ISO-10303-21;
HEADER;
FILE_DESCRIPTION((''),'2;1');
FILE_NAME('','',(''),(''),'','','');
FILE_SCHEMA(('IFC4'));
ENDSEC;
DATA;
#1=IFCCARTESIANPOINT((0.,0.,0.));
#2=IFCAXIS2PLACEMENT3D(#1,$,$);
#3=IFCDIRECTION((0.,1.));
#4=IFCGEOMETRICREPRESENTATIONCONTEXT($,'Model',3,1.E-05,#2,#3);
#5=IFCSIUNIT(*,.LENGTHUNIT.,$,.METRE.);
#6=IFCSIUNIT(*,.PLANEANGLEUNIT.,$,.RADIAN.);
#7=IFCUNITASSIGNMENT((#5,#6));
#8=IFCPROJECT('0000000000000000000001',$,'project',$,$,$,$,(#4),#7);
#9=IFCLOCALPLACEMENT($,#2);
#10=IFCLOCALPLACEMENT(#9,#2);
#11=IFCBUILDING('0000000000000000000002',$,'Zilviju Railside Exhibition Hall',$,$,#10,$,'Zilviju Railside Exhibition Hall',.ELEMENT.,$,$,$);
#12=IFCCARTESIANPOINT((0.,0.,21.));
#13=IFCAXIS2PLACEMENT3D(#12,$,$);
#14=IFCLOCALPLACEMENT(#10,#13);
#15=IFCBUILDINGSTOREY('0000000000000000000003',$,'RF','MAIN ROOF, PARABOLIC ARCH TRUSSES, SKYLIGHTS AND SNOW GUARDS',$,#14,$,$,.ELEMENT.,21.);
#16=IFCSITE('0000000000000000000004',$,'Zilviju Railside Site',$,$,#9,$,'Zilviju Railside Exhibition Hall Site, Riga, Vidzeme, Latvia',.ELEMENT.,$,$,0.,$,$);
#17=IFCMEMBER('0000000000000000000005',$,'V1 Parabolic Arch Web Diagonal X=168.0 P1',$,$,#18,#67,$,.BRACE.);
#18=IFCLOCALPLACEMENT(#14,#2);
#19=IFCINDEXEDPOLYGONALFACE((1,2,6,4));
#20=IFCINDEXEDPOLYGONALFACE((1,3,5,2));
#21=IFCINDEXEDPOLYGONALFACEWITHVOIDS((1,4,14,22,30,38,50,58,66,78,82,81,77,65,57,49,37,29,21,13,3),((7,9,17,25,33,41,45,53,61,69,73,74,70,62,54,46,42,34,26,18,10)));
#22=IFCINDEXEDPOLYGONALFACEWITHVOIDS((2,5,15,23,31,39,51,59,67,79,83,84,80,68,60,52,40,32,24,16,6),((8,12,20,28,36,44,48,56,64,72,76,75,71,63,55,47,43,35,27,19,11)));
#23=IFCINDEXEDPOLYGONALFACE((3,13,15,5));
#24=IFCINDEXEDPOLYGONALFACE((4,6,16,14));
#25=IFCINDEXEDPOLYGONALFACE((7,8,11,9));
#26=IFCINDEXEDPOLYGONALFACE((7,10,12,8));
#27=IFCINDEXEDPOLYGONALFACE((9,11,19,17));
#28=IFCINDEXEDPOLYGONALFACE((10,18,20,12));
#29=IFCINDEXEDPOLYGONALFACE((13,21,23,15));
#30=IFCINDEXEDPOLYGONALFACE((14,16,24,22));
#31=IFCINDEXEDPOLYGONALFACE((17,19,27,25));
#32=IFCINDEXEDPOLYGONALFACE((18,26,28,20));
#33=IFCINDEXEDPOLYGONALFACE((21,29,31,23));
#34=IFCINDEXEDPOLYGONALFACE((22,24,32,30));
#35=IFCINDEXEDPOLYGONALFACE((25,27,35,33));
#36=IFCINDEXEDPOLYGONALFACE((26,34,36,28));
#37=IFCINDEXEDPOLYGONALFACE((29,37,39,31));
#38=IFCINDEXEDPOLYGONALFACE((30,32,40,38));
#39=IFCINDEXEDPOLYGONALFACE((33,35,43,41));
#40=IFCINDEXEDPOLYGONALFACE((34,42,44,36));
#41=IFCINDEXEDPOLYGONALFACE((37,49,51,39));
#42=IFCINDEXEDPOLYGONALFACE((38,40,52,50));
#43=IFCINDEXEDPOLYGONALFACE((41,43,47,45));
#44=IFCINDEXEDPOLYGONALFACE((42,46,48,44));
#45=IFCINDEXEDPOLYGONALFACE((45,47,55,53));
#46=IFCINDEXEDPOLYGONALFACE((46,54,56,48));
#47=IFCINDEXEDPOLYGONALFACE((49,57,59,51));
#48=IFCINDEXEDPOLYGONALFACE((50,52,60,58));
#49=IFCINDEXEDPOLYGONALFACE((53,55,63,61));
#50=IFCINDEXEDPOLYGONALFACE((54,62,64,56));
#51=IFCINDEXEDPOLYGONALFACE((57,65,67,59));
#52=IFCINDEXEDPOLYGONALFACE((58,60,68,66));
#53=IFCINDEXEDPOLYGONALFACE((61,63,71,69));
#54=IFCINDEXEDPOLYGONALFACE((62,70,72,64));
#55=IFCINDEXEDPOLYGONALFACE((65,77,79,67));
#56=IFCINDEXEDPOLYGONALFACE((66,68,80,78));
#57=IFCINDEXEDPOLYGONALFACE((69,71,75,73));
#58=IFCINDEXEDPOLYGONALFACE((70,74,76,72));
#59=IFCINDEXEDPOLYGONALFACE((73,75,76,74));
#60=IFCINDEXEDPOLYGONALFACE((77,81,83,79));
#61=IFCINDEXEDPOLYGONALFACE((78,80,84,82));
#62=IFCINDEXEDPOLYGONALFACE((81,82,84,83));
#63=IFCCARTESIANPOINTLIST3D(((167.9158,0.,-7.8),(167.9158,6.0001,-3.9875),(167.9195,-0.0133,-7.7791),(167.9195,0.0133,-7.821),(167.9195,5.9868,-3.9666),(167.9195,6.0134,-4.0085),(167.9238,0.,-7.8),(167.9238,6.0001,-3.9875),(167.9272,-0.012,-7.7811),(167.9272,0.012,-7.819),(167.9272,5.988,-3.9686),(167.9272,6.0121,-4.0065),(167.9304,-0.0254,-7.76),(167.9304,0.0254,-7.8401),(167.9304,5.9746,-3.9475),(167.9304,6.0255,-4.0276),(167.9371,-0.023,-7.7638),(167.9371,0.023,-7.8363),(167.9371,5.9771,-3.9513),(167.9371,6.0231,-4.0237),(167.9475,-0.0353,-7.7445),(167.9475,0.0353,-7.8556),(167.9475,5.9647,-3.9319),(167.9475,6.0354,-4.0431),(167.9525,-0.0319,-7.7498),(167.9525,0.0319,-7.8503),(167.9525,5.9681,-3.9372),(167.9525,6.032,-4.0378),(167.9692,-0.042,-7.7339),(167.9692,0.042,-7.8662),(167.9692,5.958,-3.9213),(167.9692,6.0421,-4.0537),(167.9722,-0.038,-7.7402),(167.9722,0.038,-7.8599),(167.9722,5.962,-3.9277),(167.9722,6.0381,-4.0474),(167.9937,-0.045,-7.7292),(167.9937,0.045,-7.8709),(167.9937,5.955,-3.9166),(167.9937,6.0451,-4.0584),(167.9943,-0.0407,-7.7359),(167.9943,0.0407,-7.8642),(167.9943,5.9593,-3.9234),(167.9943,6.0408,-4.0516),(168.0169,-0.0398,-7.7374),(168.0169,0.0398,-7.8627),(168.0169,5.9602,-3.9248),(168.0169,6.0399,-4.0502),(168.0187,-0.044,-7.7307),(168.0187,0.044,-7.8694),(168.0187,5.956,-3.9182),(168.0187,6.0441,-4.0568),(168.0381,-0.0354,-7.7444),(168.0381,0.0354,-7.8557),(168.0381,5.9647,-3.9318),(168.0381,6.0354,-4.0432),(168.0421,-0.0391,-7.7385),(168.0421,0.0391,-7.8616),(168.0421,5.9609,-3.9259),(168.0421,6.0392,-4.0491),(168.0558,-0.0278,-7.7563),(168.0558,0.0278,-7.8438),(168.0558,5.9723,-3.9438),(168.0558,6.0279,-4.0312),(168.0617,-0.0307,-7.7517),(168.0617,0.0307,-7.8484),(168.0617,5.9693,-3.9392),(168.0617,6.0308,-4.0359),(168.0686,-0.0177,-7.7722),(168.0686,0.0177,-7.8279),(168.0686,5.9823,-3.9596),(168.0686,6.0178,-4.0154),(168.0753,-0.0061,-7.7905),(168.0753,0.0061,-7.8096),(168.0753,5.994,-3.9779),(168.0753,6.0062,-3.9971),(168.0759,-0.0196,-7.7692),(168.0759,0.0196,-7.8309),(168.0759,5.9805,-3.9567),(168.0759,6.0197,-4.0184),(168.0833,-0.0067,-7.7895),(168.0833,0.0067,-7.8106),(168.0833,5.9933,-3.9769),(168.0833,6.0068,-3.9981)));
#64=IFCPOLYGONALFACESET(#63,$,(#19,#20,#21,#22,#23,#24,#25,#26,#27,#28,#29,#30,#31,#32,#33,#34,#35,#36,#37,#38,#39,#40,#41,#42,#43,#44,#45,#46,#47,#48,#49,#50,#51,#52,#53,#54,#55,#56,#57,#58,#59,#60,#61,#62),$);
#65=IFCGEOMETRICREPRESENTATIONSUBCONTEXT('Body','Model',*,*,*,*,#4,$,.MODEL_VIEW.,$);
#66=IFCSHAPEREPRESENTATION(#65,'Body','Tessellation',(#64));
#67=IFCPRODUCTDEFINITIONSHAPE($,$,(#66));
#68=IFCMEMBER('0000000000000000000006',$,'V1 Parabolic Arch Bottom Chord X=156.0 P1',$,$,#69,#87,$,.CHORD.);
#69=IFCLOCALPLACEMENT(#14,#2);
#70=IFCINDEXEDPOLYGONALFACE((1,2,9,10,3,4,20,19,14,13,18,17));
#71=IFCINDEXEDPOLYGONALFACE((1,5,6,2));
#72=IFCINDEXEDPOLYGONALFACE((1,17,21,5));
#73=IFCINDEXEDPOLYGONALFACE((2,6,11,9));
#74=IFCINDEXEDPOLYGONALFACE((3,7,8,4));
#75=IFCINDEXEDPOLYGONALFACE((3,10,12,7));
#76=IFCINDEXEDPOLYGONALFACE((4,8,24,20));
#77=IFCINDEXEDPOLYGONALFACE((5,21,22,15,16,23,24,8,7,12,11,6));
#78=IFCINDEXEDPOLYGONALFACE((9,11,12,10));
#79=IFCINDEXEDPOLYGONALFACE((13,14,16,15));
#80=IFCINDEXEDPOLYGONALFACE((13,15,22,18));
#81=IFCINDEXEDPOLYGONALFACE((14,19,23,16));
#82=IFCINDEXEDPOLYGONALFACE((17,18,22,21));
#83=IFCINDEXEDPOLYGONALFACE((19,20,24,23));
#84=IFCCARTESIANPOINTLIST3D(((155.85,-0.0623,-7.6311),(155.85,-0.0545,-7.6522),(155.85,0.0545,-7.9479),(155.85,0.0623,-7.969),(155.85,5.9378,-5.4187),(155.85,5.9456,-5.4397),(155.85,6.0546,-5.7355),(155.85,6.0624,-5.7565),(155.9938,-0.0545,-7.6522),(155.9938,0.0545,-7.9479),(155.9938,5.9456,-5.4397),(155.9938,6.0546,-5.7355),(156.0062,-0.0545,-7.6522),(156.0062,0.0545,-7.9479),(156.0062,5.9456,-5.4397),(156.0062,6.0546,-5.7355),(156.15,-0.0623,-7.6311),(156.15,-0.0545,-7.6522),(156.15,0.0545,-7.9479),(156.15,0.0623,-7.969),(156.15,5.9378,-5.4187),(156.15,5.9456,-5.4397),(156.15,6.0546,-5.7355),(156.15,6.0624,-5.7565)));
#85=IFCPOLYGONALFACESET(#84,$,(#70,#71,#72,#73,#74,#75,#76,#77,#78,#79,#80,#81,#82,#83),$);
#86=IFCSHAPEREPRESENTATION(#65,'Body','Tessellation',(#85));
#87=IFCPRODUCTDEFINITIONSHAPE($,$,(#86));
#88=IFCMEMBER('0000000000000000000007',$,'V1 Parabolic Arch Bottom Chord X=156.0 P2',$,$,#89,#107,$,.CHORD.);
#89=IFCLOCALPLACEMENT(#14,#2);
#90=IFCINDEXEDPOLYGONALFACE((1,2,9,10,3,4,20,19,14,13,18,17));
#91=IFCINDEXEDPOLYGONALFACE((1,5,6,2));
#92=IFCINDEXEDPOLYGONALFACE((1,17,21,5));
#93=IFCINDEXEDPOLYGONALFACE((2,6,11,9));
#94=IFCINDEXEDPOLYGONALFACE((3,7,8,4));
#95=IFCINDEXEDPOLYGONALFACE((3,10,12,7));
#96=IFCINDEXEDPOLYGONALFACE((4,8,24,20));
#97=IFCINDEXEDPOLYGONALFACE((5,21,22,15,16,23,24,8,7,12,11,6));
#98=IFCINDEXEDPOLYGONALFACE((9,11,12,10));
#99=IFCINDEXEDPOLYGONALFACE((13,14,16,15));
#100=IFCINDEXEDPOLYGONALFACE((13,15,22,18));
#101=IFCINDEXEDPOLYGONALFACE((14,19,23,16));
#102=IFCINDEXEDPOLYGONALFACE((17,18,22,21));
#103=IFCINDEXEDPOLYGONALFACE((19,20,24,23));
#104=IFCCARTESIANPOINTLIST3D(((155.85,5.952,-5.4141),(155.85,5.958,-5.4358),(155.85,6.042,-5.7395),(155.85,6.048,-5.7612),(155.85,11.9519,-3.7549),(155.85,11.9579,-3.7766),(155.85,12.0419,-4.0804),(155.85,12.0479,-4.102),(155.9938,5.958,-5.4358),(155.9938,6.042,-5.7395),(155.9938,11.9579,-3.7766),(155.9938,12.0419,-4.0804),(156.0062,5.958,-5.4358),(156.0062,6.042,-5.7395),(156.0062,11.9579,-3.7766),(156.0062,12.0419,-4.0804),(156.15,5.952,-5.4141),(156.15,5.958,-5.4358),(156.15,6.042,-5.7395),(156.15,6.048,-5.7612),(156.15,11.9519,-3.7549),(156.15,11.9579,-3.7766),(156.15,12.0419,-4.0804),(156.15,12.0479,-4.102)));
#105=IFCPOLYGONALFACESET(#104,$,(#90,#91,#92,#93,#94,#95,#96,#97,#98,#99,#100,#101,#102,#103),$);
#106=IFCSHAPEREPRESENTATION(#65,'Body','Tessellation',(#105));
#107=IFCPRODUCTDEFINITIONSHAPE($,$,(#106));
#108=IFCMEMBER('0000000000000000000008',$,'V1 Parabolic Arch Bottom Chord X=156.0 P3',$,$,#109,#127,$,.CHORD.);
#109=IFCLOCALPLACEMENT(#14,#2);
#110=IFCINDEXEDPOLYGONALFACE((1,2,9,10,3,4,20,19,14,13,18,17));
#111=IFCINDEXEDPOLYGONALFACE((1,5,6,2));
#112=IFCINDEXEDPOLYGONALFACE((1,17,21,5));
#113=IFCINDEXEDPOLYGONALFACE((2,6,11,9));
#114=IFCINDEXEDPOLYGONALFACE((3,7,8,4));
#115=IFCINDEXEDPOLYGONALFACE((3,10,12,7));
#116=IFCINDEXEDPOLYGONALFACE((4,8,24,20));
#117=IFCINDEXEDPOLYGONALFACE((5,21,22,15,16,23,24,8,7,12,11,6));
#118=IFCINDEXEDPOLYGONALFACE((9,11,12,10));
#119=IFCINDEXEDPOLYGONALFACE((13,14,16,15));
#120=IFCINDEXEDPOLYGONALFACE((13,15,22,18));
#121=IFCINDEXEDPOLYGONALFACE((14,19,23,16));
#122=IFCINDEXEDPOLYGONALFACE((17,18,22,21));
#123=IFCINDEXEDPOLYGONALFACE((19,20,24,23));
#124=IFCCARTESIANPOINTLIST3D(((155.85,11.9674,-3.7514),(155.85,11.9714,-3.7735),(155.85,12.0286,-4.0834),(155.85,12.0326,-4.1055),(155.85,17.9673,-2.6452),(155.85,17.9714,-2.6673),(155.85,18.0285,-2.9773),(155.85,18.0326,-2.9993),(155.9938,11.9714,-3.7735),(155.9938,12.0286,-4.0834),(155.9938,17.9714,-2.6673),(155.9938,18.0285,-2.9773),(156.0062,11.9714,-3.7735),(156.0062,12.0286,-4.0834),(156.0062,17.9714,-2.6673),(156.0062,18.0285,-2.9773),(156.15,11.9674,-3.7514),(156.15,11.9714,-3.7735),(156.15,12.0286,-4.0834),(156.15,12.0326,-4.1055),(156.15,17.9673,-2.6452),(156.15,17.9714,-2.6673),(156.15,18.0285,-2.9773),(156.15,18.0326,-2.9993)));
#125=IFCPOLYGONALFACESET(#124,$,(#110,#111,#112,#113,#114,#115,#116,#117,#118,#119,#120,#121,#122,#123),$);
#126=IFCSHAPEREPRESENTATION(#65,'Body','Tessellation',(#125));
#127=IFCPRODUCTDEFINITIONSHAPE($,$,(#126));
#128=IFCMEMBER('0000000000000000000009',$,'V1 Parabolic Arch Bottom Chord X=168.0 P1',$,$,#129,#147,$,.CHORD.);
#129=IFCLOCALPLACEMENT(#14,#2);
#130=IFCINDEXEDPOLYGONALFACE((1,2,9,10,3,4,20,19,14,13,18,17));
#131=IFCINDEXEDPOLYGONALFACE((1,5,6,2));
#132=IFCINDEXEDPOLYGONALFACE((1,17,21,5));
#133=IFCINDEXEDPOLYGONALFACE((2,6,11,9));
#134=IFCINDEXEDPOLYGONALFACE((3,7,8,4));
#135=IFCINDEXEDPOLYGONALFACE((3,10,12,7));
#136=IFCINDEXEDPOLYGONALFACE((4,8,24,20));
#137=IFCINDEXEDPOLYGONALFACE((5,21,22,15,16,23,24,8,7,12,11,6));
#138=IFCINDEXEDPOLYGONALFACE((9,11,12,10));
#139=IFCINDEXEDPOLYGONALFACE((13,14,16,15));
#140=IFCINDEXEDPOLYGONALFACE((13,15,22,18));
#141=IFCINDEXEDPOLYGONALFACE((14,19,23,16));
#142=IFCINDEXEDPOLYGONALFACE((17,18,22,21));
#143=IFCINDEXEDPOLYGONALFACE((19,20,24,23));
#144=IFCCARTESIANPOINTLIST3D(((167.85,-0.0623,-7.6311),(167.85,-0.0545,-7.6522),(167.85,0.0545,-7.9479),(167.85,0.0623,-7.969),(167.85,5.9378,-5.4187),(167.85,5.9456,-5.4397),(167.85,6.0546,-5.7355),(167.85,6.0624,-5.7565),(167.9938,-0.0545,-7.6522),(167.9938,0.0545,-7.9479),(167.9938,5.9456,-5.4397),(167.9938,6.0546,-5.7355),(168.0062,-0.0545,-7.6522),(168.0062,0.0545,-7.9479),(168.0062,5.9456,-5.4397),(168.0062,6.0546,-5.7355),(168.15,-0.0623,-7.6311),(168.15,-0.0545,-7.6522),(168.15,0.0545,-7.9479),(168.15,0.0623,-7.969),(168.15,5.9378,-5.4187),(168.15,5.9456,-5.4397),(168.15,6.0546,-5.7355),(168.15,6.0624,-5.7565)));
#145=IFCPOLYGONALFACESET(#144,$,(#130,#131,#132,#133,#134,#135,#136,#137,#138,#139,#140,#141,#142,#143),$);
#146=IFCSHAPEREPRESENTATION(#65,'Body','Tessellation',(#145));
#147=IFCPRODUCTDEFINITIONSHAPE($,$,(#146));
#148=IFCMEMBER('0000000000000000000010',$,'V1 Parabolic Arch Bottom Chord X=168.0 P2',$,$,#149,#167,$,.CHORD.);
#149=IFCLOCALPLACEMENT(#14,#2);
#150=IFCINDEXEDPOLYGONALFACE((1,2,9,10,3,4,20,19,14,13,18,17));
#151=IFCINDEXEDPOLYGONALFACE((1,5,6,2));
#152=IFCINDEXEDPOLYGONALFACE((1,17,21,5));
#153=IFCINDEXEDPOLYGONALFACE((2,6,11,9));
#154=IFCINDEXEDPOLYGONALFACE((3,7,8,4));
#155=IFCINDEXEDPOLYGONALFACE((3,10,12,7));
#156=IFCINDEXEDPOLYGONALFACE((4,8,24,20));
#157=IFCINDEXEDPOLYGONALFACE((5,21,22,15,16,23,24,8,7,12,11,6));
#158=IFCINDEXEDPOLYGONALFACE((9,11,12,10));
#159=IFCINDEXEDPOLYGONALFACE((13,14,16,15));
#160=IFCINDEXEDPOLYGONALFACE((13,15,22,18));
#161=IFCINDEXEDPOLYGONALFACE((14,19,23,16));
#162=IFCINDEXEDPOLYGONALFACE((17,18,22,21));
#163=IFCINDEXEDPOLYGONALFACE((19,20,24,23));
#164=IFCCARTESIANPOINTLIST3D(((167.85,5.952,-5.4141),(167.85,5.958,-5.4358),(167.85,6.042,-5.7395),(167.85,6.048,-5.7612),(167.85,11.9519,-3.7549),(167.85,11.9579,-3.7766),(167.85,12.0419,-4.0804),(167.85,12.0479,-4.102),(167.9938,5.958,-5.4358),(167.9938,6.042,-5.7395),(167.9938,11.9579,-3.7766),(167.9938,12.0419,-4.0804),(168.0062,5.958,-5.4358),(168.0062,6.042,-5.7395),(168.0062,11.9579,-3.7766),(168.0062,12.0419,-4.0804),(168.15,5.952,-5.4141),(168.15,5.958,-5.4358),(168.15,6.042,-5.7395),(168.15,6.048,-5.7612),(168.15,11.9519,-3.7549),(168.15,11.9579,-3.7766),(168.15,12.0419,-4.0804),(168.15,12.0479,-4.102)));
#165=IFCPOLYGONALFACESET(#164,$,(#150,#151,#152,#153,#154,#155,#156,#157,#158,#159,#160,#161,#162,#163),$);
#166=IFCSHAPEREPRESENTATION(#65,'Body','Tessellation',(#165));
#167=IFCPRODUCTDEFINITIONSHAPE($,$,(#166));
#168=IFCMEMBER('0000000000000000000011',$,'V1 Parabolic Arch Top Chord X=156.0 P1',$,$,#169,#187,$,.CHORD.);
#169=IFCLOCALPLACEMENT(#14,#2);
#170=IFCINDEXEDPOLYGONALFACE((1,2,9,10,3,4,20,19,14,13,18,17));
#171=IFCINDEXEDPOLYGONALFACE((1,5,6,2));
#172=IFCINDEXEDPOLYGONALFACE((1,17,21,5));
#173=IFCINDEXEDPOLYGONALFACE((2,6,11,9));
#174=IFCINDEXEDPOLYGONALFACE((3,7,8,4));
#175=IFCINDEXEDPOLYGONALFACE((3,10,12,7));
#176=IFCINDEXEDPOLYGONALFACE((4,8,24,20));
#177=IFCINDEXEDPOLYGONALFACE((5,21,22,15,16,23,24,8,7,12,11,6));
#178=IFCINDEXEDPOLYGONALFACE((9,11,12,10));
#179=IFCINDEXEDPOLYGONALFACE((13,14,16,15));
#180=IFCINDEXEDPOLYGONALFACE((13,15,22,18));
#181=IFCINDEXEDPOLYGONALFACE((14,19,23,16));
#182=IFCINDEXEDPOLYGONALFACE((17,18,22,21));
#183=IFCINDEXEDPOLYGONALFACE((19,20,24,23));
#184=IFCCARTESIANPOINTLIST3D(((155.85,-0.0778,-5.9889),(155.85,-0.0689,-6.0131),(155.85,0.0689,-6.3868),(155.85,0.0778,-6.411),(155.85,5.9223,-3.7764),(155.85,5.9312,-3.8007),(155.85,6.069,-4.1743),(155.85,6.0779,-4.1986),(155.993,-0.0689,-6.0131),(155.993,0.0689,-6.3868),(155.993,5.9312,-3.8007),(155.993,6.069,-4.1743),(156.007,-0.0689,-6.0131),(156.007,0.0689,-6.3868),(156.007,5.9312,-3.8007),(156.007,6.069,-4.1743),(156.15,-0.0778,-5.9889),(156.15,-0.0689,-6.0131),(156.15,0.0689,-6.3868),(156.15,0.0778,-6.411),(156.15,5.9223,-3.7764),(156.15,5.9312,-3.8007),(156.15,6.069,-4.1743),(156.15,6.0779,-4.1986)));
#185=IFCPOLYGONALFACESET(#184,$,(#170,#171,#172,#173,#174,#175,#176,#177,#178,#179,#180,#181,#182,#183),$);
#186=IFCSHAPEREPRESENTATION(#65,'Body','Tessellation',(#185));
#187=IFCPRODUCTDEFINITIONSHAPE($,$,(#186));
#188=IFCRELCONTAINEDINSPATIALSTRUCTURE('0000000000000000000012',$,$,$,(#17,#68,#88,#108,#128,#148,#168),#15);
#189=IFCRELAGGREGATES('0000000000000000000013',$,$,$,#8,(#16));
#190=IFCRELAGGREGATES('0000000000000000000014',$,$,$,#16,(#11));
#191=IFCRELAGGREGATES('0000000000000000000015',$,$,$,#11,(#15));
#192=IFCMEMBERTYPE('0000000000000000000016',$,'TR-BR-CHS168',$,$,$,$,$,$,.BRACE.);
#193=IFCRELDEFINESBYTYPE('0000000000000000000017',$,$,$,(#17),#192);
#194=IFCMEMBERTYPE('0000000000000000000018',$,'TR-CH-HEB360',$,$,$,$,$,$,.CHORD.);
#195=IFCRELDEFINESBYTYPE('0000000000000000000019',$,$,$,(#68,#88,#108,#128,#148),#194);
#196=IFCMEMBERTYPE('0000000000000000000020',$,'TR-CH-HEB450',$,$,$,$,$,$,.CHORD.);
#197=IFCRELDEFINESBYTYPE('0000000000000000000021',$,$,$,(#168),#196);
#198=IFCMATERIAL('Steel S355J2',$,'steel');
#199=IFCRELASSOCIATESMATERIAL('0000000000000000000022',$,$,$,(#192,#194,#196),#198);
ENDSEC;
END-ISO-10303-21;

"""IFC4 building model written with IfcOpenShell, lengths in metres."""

from ifc_helpers import new_model, si_unit, direction, frame, origin, origin_2d, place, context, subcontext, project, spatial, hollow_circle, i_section, extrude, material, material_profile, profile_set, type_object, element, save


model = new_model("IFC4")

# Units and contexts
model_context = context("Model", 3, precision=1e-05, world=origin(), true_north=direction((0.0, 1.0)))
body_context = subcontext(model_context, "Body", "Model", "MODEL_VIEW")
ifc_project = project(units=[si_unit("LENGTHUNIT", "METRE"), si_unit("PLANEANGLEUNIT", "RADIAN")], contexts=[model_context])

# Site, building, storey
site_placement = place(None, origin())
site = spatial("IfcSite", under=ifc_project, at=site_placement, Name="Zilviju Railside Site", LongName="Zilviju Railside Exhibition Hall Site, Riga, Vidzeme, Latvia", CompositionType="ELEMENT", RefElevation=0.0)
building_placement = place(site_placement, origin())
building = spatial("IfcBuilding", under=site, at=building_placement, Name="Zilviju Railside Exhibition Hall", LongName="Zilviju Railside Exhibition Hall", CompositionType="ELEMENT")
storey_placement = place(building_placement, frame((0.0, 0.0, 21.0)))
storey = spatial("IfcBuildingStorey", under=building, at=storey_placement, Name="RF", Description="MAIN ROOF, PARABOLIC ARCH TRUSSES, SKYLIGHTS AND SNOW GUARDS", CompositionType="ELEMENT", Elevation=21.0)

# Members
ifc_material_1 = material(Name="Steel S355J2", Category="steel")
ifc_material_profile_1 = material_profile(ifc_material_1, hollow_circle(Radius=0.0842, WallThickness=0.0081, at=origin_2d()), Name="CHS 168.3x8.0")
ifc_profile_set_1 = profile_set([ifc_material_profile_1], Name="Steel S355J2")
member_type_1 = type_object("IfcMemberType", Name="TR-BR-CHS168", PredefinedType="BRACE", material=ifc_profile_set_1)
member_1_placement = place(storey_placement, frame((168.0, 0.0, -7.8), z_axis=(0.0, 0.844023, 0.536306), x_axis=(-1.0, 0.0, 0.0)))
element("IfcMember", 1, at=member_1_placement, inside=storey, type_object=member_type_1, Name="V1 Parabolic Arch Web Diagonal X=168.0 P1", PredefinedType="BRACE", context=body_context, shape_type="SweptSolid", body=[
    extrude(hollow_circle(Radius=0.0842, WallThickness=0.0081, at=origin_2d()), origin(), (0.0, 0.0, 1.0), 7.1089),
])
ifc_material_profile_2 = material_profile(ifc_material_1, i_section(OverallWidth=0.3, OverallDepth=0.3601, WebThickness=0.0125, FlangeThickness=0.0225, at=origin_2d()), Name="HEB 360")
ifc_profile_set_2 = profile_set([ifc_material_profile_2], Name="Steel S355J2")
member_type_2 = type_object("IfcMemberType", Name="TR-CH-HEB360", PredefinedType="CHORD", material=ifc_profile_set_2)
member_2_placement = place(storey_placement, frame((156.0, 0.0, -7.8), z_axis=(0.0, 0.938248, 0.345964), x_axis=(-1.0, 0.0, 0.0)))
element("IfcMember", 2, at=member_2_placement, inside=storey, type_object=member_type_2, Name="V1 Parabolic Arch Bottom Chord X=156.0 P1", PredefinedType="CHORD", context=body_context, shape_type="SweptSolid", body=[
    extrude(i_section(OverallWidth=0.3, OverallDepth=0.3601, WebThickness=0.0125, FlangeThickness=0.0225, at=origin_2d()), origin(), (0.0, 0.0, 1.0), 6.395),
])
member_3_placement = place(storey_placement, frame((156.0, 6.0, -5.5876), z_axis=(0.0, 0.963827, 0.266527), x_axis=(-1.0, 0.0, 0.0)))
element("IfcMember", 3, at=member_3_placement, inside=storey, type_object=member_type_2, Name="V1 Parabolic Arch Bottom Chord X=156.0 P2", PredefinedType="CHORD", context=body_context, shape_type="SweptSolid", body=[
    extrude(i_section(OverallWidth=0.3, OverallDepth=0.3601, WebThickness=0.0125, FlangeThickness=0.0225, at=origin_2d()), origin(), (0.0, 0.0, 1.0), 6.2251),
])
member_4_placement = place(storey_placement, frame((156.0, 12.0, -3.9285), z_axis=(0.0, 0.983426, 0.181311), x_axis=(-1.0, 0.0, 0.0)))
element("IfcMember", 4, at=member_4_placement, inside=storey, type_object=member_type_2, Name="V1 Parabolic Arch Bottom Chord X=156.0 P3", PredefinedType="CHORD", context=body_context, shape_type="SweptSolid", body=[
    extrude(i_section(OverallWidth=0.3, OverallDepth=0.3601, WebThickness=0.0125, FlangeThickness=0.0225, at=origin_2d()), origin(), (0.0, 0.0, 1.0), 6.1011),
])
member_5_placement = place(storey_placement, frame((168.0, 0.0, -7.8), z_axis=(0.0, 0.938248, 0.345964), x_axis=(-1.0, 0.0, 0.0)))
element("IfcMember", 5, at=member_5_placement, inside=storey, type_object=member_type_2, Name="V1 Parabolic Arch Bottom Chord X=168.0 P1", PredefinedType="CHORD", context=body_context, shape_type="SweptSolid", body=[
    extrude(i_section(OverallWidth=0.3, OverallDepth=0.3601, WebThickness=0.0125, FlangeThickness=0.0225, at=origin_2d()), origin(), (0.0, 0.0, 1.0), 6.395),
])
member_6_placement = place(storey_placement, frame((168.0, 6.0, -5.5876), z_axis=(0.0, 0.963827, 0.266527), x_axis=(-1.0, 0.0, 0.0)))
element("IfcMember", 6, at=member_6_placement, inside=storey, type_object=member_type_2, Name="V1 Parabolic Arch Bottom Chord X=168.0 P2", PredefinedType="CHORD", context=body_context, shape_type="SweptSolid", body=[
    extrude(i_section(OverallWidth=0.3, OverallDepth=0.3601, WebThickness=0.0125, FlangeThickness=0.0225, at=origin_2d()), origin(), (0.0, 0.0, 1.0), 6.2251),
])
ifc_material_profile_3 = material_profile(ifc_material_1, i_section(OverallWidth=0.3, OverallDepth=0.45, WebThickness=0.0139, FlangeThickness=0.0259, at=origin_2d()), Name="HEB 450")
ifc_profile_set_3 = profile_set([ifc_material_profile_3], Name="Steel S355J2")
member_type_3 = type_object("IfcMemberType", Name="TR-CH-HEB450", PredefinedType="CHORD", material=ifc_profile_set_3)
member_7_placement = place(storey_placement, frame((156.0, 0.0, -6.2), z_axis=(0.0, 0.938248, 0.345964), x_axis=(-1.0, 0.0, 0.0)))
element("IfcMember", 7, at=member_7_placement, inside=storey, type_object=member_type_3, Name="V1 Parabolic Arch Top Chord X=156.0 P1", PredefinedType="CHORD", context=body_context, shape_type="SweptSolid", body=[
    extrude(i_section(OverallWidth=0.3, OverallDepth=0.45, WebThickness=0.0139, FlangeThickness=0.0259, at=origin_2d()), origin(), (0.0, 0.0, 1.0), 6.395),
])

save(model, "model.ifc")
